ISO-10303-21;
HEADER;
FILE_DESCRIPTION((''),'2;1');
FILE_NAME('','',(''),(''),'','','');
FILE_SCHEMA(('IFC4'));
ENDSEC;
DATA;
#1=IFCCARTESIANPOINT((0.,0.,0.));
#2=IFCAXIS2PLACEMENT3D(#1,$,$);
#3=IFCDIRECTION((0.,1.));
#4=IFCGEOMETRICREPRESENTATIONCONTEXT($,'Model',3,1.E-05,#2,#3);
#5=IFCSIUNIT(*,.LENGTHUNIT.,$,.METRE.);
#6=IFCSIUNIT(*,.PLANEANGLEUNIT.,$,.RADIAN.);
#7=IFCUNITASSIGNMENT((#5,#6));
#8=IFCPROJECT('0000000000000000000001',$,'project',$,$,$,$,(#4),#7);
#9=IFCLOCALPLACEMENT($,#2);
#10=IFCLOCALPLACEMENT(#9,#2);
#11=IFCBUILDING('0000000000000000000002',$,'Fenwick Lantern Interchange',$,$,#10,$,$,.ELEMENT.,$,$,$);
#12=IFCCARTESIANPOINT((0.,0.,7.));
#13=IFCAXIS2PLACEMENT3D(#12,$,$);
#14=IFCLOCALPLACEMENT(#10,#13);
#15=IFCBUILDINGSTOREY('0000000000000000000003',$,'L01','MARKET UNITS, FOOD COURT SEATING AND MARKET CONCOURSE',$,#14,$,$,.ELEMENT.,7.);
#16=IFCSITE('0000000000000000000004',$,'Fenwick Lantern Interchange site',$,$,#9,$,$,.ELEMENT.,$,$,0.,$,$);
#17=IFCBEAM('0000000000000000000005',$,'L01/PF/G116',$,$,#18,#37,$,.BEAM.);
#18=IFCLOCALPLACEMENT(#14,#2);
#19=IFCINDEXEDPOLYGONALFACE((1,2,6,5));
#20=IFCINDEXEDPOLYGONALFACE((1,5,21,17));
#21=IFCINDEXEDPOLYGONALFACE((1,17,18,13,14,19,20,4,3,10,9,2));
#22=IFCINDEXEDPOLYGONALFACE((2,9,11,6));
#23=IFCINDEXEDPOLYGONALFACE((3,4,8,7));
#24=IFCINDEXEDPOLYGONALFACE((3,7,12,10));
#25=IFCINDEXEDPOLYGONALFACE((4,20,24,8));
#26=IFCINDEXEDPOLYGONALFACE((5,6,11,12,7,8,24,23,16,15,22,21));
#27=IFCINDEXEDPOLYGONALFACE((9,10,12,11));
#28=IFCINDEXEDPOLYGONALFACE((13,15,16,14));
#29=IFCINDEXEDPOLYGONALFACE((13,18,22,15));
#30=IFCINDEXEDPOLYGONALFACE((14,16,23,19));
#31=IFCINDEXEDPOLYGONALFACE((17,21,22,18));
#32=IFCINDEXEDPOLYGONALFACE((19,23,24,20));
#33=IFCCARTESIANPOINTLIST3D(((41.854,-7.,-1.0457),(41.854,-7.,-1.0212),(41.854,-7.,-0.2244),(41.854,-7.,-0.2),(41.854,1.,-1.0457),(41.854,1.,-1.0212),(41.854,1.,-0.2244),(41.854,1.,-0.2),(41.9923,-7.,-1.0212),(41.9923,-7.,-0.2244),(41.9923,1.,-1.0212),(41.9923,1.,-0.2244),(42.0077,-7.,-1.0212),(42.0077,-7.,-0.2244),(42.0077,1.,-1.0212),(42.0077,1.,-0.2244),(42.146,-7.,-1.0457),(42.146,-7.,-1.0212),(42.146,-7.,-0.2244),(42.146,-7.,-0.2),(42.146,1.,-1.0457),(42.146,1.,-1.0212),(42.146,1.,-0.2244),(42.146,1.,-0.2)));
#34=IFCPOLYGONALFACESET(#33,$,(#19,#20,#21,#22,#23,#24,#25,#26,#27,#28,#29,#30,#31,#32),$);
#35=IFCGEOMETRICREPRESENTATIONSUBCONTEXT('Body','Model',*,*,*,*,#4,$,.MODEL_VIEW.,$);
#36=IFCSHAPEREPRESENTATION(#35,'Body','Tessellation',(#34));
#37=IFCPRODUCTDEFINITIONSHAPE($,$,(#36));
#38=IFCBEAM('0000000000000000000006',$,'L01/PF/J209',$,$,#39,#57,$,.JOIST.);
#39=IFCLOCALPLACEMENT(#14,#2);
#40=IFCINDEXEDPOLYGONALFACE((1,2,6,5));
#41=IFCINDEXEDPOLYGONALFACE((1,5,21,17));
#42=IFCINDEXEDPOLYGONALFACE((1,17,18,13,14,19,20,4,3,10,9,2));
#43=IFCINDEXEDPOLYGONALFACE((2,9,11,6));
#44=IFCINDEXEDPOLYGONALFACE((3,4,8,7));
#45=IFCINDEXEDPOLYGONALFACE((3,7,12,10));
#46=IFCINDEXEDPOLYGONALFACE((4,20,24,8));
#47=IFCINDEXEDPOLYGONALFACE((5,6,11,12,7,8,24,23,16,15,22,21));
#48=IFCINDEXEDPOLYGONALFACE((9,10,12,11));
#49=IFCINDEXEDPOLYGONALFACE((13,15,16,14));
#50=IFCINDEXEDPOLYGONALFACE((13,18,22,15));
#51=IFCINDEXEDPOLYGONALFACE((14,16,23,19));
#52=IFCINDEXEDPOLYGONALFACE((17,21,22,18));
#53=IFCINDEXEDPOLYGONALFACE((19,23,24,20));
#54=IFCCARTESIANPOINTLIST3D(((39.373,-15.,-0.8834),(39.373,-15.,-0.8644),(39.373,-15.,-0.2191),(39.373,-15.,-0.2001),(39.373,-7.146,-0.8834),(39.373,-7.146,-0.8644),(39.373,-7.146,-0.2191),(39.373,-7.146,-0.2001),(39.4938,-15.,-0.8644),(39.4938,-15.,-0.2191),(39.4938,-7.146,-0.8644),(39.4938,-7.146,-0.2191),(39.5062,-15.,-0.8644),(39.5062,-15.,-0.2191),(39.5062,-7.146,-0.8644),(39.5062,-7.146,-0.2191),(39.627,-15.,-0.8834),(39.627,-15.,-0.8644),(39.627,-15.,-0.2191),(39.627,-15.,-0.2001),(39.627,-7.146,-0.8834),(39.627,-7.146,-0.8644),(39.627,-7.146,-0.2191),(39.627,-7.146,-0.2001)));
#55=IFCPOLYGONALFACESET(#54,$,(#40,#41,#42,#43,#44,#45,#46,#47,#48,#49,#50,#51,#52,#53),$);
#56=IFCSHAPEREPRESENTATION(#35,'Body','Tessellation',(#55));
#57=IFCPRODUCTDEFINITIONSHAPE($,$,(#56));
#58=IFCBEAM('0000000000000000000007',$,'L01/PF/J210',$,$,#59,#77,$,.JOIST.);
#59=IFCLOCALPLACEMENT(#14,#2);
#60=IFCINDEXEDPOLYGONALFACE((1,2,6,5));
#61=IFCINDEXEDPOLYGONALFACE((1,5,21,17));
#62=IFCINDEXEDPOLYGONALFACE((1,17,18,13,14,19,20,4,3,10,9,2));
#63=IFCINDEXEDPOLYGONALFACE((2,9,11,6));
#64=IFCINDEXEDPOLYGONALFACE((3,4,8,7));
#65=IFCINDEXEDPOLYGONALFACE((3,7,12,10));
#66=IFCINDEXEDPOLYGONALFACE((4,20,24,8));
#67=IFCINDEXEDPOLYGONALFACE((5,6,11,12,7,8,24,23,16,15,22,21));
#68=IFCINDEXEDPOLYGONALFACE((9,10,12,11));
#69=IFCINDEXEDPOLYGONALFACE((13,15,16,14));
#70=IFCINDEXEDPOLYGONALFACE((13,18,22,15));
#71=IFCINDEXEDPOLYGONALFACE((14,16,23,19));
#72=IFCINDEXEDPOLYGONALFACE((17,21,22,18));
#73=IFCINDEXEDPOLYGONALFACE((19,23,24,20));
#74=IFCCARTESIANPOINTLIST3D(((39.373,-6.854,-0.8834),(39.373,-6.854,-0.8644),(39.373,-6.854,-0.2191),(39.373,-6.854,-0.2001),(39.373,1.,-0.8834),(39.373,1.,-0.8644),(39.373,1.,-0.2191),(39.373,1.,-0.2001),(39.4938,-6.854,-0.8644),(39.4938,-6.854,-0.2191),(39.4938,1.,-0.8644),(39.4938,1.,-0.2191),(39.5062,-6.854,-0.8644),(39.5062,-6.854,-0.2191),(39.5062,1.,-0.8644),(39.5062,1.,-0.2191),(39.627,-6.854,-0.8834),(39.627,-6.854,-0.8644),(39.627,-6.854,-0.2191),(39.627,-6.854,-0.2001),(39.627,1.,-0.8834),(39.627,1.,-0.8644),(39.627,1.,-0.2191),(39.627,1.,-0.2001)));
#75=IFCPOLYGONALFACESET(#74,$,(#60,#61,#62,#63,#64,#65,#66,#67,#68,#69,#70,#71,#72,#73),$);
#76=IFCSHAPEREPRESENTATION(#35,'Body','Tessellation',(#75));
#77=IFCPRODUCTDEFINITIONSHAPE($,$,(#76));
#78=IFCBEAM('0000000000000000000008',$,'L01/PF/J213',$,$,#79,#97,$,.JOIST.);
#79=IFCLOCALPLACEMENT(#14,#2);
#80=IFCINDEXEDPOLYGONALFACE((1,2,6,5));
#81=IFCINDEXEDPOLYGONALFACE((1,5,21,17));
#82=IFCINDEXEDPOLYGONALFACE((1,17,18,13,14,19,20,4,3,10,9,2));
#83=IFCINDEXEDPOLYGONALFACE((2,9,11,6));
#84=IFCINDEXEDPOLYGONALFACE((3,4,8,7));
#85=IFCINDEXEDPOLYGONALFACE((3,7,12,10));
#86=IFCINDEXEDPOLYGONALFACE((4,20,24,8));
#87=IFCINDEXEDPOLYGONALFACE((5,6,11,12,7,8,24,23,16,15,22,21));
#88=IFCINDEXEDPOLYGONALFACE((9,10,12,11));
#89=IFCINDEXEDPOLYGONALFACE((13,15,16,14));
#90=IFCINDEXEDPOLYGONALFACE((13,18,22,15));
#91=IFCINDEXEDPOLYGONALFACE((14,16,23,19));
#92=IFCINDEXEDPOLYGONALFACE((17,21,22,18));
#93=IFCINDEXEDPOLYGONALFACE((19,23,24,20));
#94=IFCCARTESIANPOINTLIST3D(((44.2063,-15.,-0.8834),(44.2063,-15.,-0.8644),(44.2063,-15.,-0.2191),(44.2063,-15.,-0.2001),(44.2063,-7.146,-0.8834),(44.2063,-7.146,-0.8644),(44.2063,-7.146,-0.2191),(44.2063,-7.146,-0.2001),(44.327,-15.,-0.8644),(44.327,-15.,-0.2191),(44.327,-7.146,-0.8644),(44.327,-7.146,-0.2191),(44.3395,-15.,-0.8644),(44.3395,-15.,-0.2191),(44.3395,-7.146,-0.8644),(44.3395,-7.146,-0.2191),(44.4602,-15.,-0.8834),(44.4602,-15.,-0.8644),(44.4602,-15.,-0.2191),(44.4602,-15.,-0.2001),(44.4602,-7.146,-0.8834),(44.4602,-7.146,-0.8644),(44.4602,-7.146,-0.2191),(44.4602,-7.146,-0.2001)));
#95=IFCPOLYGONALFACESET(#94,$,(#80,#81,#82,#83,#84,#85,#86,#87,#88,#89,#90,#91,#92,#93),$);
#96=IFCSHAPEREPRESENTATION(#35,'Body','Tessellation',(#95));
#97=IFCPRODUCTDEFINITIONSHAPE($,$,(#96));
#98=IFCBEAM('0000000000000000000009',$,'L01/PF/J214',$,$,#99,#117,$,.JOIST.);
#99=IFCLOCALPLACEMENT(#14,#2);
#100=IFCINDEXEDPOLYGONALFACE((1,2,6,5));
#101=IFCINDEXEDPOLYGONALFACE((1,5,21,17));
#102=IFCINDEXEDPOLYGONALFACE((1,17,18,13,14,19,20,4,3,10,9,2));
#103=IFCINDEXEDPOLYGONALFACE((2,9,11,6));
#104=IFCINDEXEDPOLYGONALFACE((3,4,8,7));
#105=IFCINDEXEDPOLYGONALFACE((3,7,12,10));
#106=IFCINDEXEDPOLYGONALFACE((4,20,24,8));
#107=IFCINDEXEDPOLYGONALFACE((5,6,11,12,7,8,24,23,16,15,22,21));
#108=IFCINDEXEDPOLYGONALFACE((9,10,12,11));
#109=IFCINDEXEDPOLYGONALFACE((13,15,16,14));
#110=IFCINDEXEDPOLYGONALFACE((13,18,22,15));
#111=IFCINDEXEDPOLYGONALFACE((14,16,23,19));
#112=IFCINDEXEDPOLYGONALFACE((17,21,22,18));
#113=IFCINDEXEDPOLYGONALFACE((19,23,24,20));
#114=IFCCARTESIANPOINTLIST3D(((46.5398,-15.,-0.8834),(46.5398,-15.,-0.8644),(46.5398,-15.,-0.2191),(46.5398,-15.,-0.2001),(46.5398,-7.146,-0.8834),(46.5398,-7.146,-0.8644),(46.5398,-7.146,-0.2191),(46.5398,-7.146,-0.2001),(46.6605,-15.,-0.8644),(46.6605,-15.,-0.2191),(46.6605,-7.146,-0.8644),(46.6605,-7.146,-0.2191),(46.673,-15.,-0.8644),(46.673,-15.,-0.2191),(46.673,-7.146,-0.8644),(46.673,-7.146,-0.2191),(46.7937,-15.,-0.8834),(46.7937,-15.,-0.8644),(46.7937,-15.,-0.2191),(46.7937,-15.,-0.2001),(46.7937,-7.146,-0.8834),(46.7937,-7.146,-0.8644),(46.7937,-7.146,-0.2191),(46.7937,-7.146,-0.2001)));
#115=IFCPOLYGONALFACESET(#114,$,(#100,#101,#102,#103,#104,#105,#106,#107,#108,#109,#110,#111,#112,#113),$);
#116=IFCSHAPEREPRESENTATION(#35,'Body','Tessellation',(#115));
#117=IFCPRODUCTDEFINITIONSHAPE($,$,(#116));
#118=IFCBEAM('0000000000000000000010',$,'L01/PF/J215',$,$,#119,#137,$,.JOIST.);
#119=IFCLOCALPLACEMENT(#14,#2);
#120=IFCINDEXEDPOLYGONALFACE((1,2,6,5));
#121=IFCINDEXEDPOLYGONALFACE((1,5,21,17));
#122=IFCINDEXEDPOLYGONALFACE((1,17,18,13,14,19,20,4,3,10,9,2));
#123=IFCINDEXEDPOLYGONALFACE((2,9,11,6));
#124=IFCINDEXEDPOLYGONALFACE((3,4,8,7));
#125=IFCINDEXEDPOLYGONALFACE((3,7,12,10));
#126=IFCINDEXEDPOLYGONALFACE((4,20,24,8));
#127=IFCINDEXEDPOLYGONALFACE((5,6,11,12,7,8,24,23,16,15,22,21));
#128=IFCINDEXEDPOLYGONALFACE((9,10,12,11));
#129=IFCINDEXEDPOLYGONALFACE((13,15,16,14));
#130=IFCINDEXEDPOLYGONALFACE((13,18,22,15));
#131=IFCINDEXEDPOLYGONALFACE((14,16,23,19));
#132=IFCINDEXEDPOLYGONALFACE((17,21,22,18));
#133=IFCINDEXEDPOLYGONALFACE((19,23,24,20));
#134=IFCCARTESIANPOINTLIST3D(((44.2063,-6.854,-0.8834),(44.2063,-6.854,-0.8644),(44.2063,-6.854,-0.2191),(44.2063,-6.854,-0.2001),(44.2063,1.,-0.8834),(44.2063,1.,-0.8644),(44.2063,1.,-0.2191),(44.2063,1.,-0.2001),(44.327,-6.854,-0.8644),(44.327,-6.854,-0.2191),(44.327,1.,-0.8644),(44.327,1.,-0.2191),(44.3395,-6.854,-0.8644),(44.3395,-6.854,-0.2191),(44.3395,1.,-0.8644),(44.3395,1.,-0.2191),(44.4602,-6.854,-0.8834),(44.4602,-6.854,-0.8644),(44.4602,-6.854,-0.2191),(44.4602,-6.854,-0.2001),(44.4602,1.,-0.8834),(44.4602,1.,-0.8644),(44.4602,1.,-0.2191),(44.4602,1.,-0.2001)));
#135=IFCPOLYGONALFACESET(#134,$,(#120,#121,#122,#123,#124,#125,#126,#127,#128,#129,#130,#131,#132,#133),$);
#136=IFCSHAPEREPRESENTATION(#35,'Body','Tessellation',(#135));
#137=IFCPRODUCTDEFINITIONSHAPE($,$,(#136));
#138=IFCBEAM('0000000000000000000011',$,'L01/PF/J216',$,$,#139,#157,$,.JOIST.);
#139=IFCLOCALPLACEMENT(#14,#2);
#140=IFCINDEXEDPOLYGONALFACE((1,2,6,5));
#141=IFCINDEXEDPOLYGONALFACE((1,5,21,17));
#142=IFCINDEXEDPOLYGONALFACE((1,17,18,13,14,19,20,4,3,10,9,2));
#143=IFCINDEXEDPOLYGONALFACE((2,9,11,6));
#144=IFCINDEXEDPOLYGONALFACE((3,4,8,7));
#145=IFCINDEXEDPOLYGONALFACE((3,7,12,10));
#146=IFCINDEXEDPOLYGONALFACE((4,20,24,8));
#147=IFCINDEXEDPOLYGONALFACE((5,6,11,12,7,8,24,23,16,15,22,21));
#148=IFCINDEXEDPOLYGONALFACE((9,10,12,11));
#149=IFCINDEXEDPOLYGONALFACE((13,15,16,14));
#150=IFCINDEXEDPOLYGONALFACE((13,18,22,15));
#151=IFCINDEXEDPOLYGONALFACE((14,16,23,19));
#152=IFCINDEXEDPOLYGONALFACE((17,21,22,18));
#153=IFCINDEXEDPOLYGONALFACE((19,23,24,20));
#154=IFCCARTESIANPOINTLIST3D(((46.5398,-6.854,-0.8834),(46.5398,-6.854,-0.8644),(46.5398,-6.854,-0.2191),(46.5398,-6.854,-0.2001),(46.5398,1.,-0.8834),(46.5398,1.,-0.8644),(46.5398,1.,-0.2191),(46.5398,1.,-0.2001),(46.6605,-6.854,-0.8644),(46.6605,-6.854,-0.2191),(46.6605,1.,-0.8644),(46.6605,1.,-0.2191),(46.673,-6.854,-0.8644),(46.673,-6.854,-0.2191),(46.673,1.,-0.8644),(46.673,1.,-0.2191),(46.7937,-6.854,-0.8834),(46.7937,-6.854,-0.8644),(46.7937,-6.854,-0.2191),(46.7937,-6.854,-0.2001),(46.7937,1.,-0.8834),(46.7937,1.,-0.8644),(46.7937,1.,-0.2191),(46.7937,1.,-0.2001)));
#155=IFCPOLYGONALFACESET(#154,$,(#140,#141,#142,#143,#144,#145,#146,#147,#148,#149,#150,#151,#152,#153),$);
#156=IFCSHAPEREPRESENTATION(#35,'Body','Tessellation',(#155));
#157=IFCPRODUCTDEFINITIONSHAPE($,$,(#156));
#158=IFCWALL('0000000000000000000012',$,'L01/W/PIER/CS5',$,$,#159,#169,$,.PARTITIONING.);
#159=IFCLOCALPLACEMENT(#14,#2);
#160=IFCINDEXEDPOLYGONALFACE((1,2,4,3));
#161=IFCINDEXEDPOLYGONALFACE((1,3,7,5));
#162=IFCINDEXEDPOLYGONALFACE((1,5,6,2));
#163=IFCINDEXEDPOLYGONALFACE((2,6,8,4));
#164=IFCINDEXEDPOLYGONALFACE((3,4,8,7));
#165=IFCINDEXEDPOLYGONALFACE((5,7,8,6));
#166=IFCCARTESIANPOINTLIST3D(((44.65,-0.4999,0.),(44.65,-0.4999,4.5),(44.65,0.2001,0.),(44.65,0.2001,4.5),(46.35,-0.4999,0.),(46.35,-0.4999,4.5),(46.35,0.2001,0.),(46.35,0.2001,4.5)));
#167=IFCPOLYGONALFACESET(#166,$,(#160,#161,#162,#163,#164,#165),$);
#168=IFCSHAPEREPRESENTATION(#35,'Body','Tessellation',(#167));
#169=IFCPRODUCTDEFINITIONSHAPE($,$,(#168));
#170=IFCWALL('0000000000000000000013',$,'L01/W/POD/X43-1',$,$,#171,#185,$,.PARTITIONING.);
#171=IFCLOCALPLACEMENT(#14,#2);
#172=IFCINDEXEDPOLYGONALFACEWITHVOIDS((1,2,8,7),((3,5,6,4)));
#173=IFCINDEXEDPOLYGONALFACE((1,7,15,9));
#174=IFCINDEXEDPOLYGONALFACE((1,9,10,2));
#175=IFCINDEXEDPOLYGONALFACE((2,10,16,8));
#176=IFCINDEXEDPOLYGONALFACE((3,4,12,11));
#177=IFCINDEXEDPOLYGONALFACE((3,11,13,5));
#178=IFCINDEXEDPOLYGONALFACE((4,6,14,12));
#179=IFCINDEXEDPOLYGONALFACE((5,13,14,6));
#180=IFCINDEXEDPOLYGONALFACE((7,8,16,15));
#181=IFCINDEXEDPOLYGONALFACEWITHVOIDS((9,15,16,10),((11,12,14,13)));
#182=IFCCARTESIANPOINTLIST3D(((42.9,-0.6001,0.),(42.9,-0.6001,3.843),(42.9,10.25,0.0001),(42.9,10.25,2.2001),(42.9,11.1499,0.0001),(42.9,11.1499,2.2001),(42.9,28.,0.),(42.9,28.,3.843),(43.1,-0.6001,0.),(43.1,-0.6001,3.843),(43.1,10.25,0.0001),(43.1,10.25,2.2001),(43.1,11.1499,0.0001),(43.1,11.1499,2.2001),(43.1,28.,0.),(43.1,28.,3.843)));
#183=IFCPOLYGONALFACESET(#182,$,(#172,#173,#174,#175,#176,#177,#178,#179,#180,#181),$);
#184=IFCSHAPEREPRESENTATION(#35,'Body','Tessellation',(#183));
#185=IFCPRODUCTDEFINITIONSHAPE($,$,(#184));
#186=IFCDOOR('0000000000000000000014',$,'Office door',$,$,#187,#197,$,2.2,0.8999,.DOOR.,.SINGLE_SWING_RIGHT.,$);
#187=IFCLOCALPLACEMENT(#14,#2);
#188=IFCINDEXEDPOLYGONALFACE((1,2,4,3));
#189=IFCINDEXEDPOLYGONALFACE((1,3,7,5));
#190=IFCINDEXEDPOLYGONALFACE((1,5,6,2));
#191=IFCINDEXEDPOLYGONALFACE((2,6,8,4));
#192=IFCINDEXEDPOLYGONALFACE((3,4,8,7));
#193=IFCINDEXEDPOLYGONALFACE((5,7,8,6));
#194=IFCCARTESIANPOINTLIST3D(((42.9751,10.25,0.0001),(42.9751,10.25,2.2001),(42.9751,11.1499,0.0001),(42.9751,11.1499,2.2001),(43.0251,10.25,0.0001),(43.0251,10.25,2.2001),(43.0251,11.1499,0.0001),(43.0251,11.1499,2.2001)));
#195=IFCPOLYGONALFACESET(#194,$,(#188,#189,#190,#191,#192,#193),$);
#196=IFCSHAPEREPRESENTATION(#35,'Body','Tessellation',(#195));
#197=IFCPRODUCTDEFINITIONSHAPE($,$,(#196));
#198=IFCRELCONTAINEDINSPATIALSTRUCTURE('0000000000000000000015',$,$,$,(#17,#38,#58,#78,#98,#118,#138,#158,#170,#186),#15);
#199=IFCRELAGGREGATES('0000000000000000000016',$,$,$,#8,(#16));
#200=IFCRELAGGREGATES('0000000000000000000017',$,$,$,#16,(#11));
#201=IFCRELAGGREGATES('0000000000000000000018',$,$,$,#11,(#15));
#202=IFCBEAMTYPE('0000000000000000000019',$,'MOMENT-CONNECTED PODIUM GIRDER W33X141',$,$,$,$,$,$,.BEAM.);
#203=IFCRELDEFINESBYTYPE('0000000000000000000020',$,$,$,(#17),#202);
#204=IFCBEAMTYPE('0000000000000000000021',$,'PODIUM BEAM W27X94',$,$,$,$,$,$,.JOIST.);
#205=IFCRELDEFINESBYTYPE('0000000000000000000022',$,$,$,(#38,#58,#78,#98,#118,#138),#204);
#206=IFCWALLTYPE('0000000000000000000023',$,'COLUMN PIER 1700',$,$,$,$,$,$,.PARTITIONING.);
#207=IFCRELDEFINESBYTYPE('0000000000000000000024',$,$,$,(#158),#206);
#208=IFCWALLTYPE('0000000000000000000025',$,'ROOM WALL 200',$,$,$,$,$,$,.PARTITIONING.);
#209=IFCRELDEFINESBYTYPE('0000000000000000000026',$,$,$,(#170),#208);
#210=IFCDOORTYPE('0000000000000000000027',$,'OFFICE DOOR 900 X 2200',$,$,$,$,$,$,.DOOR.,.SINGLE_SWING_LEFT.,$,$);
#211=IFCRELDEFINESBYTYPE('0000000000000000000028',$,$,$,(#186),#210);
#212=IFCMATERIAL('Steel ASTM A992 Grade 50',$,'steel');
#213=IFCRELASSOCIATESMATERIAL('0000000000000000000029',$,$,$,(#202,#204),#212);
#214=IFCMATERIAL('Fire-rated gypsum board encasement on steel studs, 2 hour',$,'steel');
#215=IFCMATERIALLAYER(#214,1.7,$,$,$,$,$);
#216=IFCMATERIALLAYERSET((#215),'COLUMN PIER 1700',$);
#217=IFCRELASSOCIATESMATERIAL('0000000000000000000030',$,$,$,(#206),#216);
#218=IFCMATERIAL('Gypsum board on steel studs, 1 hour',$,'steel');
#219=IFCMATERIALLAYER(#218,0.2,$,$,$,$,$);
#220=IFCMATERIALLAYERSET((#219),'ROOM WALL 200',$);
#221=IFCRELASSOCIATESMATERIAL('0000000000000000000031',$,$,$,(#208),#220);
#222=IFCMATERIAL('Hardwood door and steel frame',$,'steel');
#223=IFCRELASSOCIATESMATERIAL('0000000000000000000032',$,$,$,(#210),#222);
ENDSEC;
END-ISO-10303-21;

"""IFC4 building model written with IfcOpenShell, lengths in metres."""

from ifc_helpers import new_model, si_unit, direction, frame, frame_2d, origin, origin_2d, place, context, subcontext, project, spatial, rectangle, i_section, extrude, material, layer, layer_set, material_profile, profile_set, type_object, element, fill, save


model = new_model("IFC4")

# Units and contexts
model_context = context("Model", 3, precision=1e-05, world=origin(), true_north=direction((0.0, 1.0)))
body_context = subcontext(model_context, "Body", "Model", "MODEL_VIEW")
ifc_project = project(units=[si_unit("LENGTHUNIT", "METRE"), si_unit("PLANEANGLEUNIT", "RADIAN")], contexts=[model_context])

# Site, building, storey
site_placement = place(None, origin())
site = spatial("IfcSite", under=ifc_project, at=site_placement, Name="Fenwick Lantern Interchange site", CompositionType="ELEMENT", RefElevation=0.0)
building_placement = place(site_placement, origin())
building = spatial("IfcBuilding", under=site, at=building_placement, Name="Fenwick Lantern Interchange", CompositionType="ELEMENT")
storey_placement = place(building_placement, frame((0.0, 0.0, 7.0)))
storey = spatial("IfcBuildingStorey", under=building, at=storey_placement, Name="L01", Description="MARKET UNITS, FOOD COURT SEATING AND MARKET CONCOURSE", CompositionType="ELEMENT", Elevation=7.0)

# Shared definitions
ifc_material_1 = material(Name="Steel ASTM A992 Grade 50", Category="steel")

# Beams
ifc_material_profile_1 = material_profile(ifc_material_1, i_section(OverallWidth=0.292, OverallDepth=0.8457, WebThickness=0.0154, FlangeThickness=0.0244, at=origin_2d()), Name="W33X141")
ifc_profile_set_1 = profile_set([ifc_material_profile_1], Name="Steel ASTM A992 Grade 50")
beam_type_1 = type_object("IfcBeamType", Name="MOMENT-CONNECTED PODIUM GIRDER W33X141", PredefinedType="BEAM", material=ifc_profile_set_1)
for number, where, z_axis, x_axis, name in (
    (1, (42.0, -7.0, -0.6228), (0.0, 1.0, 0.0), (-1.0, 0.0, 0.0), "L01/PF/G116"),
):
    element("IfcBeam", number, at=place(storey_placement, frame(where, z_axis=z_axis, x_axis=x_axis)), inside=storey, type_object=beam_type_1, Name=name, PredefinedType="BEAM", context=body_context, shape_type="SweptSolid", body=[
        extrude(i_section(OverallWidth=0.292, OverallDepth=0.8457, WebThickness=0.0154, FlangeThickness=0.0244, at=origin_2d()), origin(), (0.0, 0.0, 1.0), 8.0),
    ])
ifc_material_profile_2 = material_profile(ifc_material_1, i_section(OverallWidth=0.2539, OverallDepth=0.6833, WebThickness=0.0125, FlangeThickness=0.019, at=origin_2d()), Name="W27X94")
ifc_profile_set_2 = profile_set([ifc_material_profile_2], Name="Steel ASTM A992 Grade 50")
beam_type_2 = type_object("IfcBeamType", Name="PODIUM BEAM W27X94", PredefinedType="JOIST", material=ifc_profile_set_2)
for number, where, z_axis, x_axis, name in (
    (2, (39.5, -15.0, -0.5417), (0.0, 1.0, 0.0), (-1.0, 0.0, 0.0), "L01/PF/J209"),
    (3, (39.5, -6.854, -0.5417), (0.0, 1.0, 0.0), (-1.0, 0.0, 0.0), "L01/PF/J210"),
    (4, (44.3333, -15.0, -0.5417), (0.0, 1.0, 0.0), (-1.0, 0.0, 0.0), "L01/PF/J213"),
    (5, (46.6667, -15.0, -0.5417), (0.0, 1.0, 0.0), (-1.0, 0.0, 0.0), "L01/PF/J214"),
    (6, (44.3333, -6.854, -0.5417), (0.0, 1.0, 0.0), (-1.0, 0.0, 0.0), "L01/PF/J215"),
    (7, (46.6667, -6.854, -0.5417), (0.0, 1.0, 0.0), (-1.0, 0.0, 0.0), "L01/PF/J216"),
):
    element("IfcBeam", number, at=place(storey_placement, frame(where, z_axis=z_axis, x_axis=x_axis)), inside=storey, type_object=beam_type_2, Name=name, PredefinedType="JOIST", context=body_context, shape_type="SweptSolid", body=[
        extrude(i_section(OverallWidth=0.2539, OverallDepth=0.6833, WebThickness=0.0125, FlangeThickness=0.019, at=origin_2d()), origin(), (0.0, 0.0, 1.0), 7.854),
    ])

# Wall
ifc_material_2 = material(Name="Fire-rated gypsum board encasement on steel studs, 2 hour", Category="steel")
ifc_layer_1 = layer(ifc_material_2, 1.7)
ifc_layer_set_1 = layer_set([ifc_layer_1], Name="COLUMN PIER 1700")
wall_type_1 = type_object("IfcWallType", Name="COLUMN PIER 1700", PredefinedType="PARTITIONING", material=ifc_layer_set_1)
wall_1_placement = place(storey_placement, frame((45.5, -0.5, 0.0), z_axis=(0.0, 0.0, 1.0), x_axis=(0.0, 1.0, 0.0)))
element("IfcWall", 8, at=wall_1_placement, inside=storey, type_object=wall_type_1, Name="L01/W/PIER/CS5", PredefinedType="PARTITIONING", context=body_context, shape_type="SweptSolid", body=[
    extrude(rectangle(XDim=0.7, YDim=1.7, at=frame_2d((0.3501, 0.0))), origin(), (0.0, 0.0, 1.0), 4.5),
])

# Wall, opening, door
ifc_material_3 = material(Name="Gypsum board on steel studs, 1 hour", Category="steel")
ifc_layer_2 = layer(ifc_material_3, 0.2)
ifc_layer_set_2 = layer_set([ifc_layer_2], Name="ROOM WALL 200")
wall_type_2 = type_object("IfcWallType", Name="ROOM WALL 200", PredefinedType="PARTITIONING", material=ifc_layer_set_2)
wall_2_placement = place(storey_placement, frame((43.0, -0.6001, 0.0), z_axis=(0.0, 0.0, 1.0), x_axis=(0.0, 1.0, 0.0)))
wall_2 = element("IfcWall", 9, at=wall_2_placement, inside=storey, type_object=wall_type_2, Name="L01/W/POD/X43-1", PredefinedType="PARTITIONING", context=body_context, shape_type="SweptSolid", body=[
    extrude(rectangle(XDim=28.6001, YDim=0.2, at=frame_2d((14.3, 0.0))), origin(), (0.0, 0.0, 1.0), 3.843),
])
opening_1_placement = place(wall_2_placement, frame((10.8501, 0.0, 0.0)))
opening_1 = element("IfcOpeningElement", 10, at=opening_1_placement, cuts=wall_2, PredefinedType="OPENING", context=body_context, shape_type="SweptSolid", body=[
    extrude(rectangle(XDim=0.8999, YDim=2.2, at=frame_2d((0.45, 1.1001))), frame((0.0, 0.1099, 0.0), z_axis=(0.0, -1.0, 0.0), x_axis=(1.0, 0.0, 0.0)), (0.0, 0.0, 1.0), 0.22),
])
ifc_material_4 = material(Name="Hardwood door and steel frame", Category="steel")
door_type_1 = type_object("IfcDoorType", Name="OFFICE DOOR 900 X 2200", OperationType="SINGLE_SWING_LEFT", PredefinedType="DOOR", material=ifc_material_4)
door_1_placement = place(opening_1_placement, origin())
door_1 = element("IfcDoor", 11, at=door_1_placement, inside=storey, type_object=door_type_1, Name="Office door", OperationType="SINGLE_SWING_RIGHT", OverallHeight=2.2, OverallWidth=0.8999, PredefinedType="DOOR", context=body_context, shape_type="SweptSolid", body=[
    extrude(rectangle(XDim=0.8999, YDim=2.2, at=frame_2d((0.45, 1.1001))), frame((0.0, 0.0249, 0.0), z_axis=(0.0, -1.0, 0.0), x_axis=(1.0, 0.0, 0.0)), (0.0, 0.0, 1.0), 0.05),
])
fill(opening_1, door_1)

save(model, "model.ifc")
